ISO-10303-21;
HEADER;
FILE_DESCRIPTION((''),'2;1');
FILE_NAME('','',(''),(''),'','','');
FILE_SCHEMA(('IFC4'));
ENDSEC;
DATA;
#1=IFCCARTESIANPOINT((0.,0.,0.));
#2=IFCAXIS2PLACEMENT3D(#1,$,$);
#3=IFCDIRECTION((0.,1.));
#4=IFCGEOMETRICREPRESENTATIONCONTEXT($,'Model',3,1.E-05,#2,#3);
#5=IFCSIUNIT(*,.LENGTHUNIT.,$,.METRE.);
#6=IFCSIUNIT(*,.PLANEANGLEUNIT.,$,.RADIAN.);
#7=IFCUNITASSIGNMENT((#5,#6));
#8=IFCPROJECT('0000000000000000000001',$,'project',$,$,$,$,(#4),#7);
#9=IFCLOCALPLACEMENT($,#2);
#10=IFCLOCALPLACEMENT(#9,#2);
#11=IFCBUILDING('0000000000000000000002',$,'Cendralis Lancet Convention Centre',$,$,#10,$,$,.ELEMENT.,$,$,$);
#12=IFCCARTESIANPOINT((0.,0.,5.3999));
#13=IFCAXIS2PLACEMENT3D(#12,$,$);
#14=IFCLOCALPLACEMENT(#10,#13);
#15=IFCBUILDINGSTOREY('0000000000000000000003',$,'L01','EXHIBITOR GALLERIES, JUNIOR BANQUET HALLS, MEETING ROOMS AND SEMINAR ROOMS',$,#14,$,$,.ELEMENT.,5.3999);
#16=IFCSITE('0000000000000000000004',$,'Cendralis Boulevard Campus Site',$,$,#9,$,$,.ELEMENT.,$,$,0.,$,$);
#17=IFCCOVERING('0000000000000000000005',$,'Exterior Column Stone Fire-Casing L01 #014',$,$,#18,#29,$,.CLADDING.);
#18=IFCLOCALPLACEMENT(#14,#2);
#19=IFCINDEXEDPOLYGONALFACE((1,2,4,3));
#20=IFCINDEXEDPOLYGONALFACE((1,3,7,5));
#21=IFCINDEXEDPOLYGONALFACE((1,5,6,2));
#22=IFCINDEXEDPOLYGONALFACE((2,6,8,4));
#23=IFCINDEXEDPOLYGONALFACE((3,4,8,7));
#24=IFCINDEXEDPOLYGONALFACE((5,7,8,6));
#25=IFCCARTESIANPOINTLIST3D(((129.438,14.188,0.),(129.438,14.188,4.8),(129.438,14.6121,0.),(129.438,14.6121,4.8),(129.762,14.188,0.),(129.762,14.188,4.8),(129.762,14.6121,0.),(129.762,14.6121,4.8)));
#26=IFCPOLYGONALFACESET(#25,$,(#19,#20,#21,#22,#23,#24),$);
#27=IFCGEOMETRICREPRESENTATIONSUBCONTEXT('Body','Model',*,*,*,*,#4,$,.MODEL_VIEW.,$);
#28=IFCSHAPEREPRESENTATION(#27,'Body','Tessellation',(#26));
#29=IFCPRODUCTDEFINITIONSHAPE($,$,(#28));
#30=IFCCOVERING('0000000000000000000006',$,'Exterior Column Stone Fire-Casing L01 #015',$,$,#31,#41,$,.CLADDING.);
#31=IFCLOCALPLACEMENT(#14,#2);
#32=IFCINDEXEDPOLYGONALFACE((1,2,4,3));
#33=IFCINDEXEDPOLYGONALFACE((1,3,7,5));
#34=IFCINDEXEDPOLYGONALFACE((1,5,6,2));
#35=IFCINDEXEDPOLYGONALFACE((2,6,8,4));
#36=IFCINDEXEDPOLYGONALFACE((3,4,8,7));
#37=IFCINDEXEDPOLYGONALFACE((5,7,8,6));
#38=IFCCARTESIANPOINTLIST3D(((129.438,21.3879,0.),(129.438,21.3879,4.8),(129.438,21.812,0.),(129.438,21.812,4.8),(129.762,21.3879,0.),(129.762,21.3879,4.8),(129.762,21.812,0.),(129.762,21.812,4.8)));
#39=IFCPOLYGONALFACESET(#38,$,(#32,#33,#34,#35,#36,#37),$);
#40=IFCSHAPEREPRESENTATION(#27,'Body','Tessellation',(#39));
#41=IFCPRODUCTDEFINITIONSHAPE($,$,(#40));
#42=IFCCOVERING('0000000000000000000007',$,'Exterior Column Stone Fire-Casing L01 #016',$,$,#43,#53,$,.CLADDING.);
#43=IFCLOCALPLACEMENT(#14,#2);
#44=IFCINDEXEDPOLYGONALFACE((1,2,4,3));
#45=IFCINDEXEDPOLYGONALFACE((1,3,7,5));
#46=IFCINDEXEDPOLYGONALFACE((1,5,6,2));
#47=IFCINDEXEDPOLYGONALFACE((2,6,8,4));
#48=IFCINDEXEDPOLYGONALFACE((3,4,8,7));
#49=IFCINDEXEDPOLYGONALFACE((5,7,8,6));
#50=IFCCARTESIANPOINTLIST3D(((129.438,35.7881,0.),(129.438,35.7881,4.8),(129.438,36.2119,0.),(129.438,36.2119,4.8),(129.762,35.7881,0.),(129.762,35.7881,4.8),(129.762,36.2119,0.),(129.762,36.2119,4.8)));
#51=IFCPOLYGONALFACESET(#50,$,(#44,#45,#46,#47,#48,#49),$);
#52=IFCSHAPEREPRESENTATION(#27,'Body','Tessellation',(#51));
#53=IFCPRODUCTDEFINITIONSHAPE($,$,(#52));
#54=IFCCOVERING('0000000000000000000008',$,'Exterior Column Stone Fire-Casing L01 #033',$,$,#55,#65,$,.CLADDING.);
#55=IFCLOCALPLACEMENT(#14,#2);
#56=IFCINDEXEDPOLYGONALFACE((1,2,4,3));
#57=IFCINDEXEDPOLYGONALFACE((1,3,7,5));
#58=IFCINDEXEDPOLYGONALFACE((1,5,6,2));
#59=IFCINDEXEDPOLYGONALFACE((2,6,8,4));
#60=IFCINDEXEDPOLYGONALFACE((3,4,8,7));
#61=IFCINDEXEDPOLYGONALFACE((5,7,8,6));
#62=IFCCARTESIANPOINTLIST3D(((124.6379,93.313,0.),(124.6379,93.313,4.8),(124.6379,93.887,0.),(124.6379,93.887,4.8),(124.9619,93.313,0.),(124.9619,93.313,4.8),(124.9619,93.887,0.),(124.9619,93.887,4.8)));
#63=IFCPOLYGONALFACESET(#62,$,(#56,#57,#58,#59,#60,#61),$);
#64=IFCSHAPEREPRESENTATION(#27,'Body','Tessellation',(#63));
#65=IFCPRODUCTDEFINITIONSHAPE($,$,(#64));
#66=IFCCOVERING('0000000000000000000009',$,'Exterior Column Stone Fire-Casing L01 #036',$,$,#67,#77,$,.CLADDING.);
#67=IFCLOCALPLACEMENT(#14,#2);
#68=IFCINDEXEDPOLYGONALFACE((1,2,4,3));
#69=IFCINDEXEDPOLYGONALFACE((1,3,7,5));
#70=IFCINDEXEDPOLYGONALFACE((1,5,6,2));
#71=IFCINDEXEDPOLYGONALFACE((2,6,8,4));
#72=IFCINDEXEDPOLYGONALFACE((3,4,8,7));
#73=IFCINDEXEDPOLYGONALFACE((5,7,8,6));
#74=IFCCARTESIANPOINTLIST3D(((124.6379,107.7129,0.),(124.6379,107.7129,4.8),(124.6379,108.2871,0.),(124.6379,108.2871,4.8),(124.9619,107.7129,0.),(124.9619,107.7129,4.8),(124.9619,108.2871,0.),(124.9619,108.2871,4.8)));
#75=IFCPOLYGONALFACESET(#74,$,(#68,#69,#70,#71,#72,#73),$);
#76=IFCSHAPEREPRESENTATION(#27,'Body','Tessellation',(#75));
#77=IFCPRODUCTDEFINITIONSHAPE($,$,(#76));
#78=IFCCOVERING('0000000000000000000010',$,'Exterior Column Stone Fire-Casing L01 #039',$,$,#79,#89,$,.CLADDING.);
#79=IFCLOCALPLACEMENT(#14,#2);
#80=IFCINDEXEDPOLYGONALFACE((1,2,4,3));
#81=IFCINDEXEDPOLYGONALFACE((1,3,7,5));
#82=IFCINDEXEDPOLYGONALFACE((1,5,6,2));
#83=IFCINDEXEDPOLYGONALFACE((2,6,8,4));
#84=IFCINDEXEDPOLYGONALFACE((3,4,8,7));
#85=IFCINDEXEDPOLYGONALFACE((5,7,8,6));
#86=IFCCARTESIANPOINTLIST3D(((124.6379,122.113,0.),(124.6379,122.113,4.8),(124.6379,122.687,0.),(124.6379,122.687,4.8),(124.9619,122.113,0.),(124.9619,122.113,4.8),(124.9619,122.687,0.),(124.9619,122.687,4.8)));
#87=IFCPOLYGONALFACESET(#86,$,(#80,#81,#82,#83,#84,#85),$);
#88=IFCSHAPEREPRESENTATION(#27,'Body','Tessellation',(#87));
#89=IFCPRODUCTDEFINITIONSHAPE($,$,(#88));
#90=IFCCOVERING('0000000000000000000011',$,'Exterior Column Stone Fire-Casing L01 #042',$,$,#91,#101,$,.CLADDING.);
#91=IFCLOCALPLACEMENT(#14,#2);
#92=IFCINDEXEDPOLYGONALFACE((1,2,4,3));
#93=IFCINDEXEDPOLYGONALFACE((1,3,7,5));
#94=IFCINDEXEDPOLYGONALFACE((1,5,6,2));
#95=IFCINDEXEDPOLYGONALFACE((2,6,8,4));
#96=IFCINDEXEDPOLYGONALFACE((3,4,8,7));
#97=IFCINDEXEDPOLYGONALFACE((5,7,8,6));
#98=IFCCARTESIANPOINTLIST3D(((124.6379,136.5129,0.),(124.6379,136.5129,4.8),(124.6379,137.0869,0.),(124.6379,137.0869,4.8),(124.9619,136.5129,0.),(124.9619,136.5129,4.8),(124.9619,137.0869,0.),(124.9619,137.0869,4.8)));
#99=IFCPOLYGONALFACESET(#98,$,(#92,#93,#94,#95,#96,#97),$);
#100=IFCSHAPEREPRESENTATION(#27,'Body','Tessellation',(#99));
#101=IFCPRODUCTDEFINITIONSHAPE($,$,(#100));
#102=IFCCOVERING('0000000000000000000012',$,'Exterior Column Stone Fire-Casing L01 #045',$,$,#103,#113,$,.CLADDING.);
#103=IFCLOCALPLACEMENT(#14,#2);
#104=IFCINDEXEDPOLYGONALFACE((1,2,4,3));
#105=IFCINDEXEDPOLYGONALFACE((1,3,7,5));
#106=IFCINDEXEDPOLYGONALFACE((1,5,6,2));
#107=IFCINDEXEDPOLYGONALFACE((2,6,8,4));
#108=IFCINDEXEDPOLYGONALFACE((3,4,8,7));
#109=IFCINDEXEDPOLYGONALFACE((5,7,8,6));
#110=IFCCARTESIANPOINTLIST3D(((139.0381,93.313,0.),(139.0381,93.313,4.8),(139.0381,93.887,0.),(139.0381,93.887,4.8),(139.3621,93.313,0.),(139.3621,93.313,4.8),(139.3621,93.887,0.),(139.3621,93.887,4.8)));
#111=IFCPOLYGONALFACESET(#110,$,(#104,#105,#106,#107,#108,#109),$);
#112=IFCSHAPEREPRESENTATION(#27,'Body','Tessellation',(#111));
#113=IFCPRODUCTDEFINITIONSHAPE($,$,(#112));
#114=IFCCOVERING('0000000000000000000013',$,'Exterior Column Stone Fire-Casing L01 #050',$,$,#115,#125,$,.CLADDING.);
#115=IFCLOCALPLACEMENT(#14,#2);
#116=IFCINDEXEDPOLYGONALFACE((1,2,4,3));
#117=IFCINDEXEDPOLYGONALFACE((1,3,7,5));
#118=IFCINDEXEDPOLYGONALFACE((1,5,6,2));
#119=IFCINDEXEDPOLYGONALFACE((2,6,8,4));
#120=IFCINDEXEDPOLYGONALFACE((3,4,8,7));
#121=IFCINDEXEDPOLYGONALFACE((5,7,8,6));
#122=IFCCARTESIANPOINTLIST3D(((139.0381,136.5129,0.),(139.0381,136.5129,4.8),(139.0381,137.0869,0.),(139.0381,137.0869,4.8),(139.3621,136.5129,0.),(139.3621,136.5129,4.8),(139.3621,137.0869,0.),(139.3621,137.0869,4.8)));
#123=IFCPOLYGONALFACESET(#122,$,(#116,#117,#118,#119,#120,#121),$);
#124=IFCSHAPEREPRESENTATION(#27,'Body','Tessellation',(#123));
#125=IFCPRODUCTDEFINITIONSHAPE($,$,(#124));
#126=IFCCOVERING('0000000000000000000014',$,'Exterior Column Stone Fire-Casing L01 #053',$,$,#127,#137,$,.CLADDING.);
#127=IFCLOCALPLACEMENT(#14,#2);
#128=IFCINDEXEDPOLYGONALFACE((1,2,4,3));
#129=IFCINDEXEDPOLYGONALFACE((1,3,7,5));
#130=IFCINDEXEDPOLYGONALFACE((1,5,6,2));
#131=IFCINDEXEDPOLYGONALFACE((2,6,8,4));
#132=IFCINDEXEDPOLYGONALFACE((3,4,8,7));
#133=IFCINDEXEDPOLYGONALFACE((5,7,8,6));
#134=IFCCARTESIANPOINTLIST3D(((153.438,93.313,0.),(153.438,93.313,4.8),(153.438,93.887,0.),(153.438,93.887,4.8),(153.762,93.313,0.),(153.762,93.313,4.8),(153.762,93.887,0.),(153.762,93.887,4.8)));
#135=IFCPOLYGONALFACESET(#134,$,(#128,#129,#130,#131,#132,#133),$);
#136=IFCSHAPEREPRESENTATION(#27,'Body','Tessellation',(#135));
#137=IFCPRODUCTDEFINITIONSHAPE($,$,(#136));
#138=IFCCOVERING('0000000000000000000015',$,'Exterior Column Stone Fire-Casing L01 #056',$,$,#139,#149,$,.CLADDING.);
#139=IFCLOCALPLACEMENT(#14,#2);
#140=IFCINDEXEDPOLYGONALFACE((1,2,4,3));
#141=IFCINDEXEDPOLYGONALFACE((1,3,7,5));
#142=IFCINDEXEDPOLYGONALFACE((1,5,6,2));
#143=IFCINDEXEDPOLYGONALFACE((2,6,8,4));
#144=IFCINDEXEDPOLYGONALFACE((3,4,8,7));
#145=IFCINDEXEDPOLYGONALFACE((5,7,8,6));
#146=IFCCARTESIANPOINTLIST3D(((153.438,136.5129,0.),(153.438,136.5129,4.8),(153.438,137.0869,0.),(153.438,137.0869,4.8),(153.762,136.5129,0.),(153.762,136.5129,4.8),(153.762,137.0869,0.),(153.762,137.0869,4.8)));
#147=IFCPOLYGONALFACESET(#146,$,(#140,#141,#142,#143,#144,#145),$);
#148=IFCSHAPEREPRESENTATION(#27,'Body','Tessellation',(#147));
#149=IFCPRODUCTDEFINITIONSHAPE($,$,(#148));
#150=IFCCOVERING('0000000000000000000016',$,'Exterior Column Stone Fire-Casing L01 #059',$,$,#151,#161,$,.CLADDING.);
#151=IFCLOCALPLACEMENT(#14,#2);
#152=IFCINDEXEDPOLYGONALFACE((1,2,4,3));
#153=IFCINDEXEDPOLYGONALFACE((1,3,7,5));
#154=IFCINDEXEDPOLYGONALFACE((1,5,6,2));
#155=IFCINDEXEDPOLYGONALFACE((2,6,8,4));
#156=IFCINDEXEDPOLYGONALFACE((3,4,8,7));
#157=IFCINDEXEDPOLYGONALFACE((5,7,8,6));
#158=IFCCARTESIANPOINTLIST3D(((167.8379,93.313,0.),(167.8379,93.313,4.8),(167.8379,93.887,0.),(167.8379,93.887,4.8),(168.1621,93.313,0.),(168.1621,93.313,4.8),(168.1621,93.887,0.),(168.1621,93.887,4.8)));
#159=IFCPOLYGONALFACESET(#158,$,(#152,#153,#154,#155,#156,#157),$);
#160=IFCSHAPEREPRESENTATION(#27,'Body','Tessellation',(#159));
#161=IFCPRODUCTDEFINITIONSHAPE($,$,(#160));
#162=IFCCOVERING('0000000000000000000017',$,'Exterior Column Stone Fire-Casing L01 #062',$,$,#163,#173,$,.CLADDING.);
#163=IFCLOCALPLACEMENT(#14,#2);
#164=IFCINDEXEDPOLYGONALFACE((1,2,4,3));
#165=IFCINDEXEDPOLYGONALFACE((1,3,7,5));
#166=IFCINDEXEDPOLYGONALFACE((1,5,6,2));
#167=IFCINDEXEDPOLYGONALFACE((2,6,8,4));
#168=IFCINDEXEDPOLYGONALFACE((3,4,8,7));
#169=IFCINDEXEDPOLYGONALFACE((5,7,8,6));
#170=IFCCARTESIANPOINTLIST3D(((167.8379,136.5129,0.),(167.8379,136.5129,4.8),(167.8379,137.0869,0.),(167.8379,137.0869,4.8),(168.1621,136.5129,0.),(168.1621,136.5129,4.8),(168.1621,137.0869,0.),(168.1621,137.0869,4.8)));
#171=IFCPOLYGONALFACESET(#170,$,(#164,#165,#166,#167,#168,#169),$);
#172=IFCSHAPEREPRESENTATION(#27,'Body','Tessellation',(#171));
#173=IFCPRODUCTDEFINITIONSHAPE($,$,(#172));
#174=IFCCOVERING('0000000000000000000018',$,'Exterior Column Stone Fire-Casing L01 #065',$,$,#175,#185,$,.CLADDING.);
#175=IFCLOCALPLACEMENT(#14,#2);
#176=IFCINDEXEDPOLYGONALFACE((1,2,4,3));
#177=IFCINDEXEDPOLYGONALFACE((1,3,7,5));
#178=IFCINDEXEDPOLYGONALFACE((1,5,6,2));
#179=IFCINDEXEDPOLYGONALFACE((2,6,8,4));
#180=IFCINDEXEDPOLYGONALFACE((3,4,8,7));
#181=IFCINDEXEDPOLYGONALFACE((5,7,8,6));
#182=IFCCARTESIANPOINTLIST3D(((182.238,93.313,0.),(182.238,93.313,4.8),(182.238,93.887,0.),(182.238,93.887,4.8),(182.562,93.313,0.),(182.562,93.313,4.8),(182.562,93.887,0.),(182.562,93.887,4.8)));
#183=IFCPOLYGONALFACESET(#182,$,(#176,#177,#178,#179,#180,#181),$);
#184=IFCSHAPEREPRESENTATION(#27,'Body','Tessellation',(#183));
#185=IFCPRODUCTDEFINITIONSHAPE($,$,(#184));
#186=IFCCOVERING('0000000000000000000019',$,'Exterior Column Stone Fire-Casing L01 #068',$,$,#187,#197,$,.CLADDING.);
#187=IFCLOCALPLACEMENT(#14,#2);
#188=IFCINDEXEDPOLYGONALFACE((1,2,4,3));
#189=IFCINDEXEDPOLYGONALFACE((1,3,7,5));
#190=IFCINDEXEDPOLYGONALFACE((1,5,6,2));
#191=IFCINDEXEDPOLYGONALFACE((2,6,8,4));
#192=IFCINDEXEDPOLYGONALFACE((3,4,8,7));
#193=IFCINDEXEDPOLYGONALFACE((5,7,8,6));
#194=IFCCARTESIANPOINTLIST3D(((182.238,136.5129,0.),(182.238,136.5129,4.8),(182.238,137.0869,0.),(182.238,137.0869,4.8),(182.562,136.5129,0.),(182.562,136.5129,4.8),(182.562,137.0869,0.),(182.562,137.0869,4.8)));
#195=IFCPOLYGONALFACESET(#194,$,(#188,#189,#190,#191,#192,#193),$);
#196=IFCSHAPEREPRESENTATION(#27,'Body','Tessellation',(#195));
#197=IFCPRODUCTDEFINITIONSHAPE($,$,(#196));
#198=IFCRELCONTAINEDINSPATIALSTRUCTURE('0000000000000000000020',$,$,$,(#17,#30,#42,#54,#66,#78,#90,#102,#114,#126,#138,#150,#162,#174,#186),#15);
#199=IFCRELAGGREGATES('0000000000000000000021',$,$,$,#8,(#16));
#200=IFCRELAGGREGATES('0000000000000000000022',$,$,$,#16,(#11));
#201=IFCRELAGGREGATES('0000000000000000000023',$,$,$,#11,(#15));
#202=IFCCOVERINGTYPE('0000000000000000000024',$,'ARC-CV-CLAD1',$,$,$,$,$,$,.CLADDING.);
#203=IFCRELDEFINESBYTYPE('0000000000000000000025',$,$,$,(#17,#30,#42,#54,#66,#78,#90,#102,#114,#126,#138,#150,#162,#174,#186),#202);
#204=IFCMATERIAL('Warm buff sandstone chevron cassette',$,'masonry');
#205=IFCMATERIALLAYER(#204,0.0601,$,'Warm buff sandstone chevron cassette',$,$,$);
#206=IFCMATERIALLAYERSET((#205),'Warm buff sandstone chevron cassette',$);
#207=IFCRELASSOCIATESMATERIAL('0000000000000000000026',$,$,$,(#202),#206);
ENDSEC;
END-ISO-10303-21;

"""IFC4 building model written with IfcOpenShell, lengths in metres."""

from ifc_helpers import new_model, si_unit, direction, frame, origin, place, context, subcontext, project, spatial, polyline, outline, extrude, material, layer, layer_set, type_object, element, save


model = new_model("IFC4")

# Units and contexts
model_context = context("Model", 3, precision=1e-05, world=origin(), true_north=direction((0.0, 1.0)))
body_context = subcontext(model_context, "Body", "Model", "MODEL_VIEW")
ifc_project = project(units=[si_unit("LENGTHUNIT", "METRE"), si_unit("PLANEANGLEUNIT", "RADIAN")], contexts=[model_context])

# Site, building, storey
site_placement = place(None, origin())
site = spatial("IfcSite", under=ifc_project, at=site_placement, Name="Cendralis Boulevard Campus Site", CompositionType="ELEMENT", RefElevation=0.0)
building_placement = place(site_placement, origin())
building = spatial("IfcBuilding", under=site, at=building_placement, Name="Cendralis Lancet Convention Centre", CompositionType="ELEMENT")
storey_placement = place(building_placement, frame((0.0, 0.0, 5.3999)))
storey = spatial("IfcBuildingStorey", under=building, at=storey_placement, Name="L01", Description="EXHIBITOR GALLERIES, JUNIOR BANQUET HALLS, MEETING ROOMS AND SEMINAR ROOMS", CompositionType="ELEMENT", Elevation=5.3999)

# Coverings
ifc_material = material(Name="Warm buff sandstone chevron cassette", Category="masonry")
ifc_layer = layer(ifc_material, 0.0601, Name="Warm buff sandstone chevron cassette")
ifc_layer_set = layer_set([ifc_layer], Name="Warm buff sandstone chevron cassette")
covering_type = type_object("IfcCoveringType", Name="ARC-CV-CLAD1", PredefinedType="CLADDING", material=ifc_layer_set)
covering_1_placement = place(storey_placement, origin())
element("IfcCovering", 1, at=covering_1_placement, inside=storey, type_object=covering_type, Name="Exterior Column Stone Fire-Casing L01 #014", PredefinedType="CLADDING", context=body_context, shape_type="SweptSolid", body=[
    extrude(outline(polyline([(129.438, 14.188), (129.762, 14.188), (129.762, 14.6121), (129.438, 14.6121), (129.438, 14.188)])), origin(), (0.0, 0.0, 1.0), 4.8),
])
covering_2_placement = place(storey_placement, origin())
element("IfcCovering", 2, at=covering_2_placement, inside=storey, type_object=covering_type, Name="Exterior Column Stone Fire-Casing L01 #015", PredefinedType="CLADDING", context=body_context, shape_type="SweptSolid", body=[
    extrude(outline(polyline([(129.438, 21.3879), (129.762, 21.3879), (129.762, 21.812), (129.438, 21.812), (129.438, 21.3879)])), origin(), (0.0, 0.0, 1.0), 4.8),
])
covering_3_placement = place(storey_placement, origin())
element("IfcCovering", 3, at=covering_3_placement, inside=storey, type_object=covering_type, Name="Exterior Column Stone Fire-Casing L01 #016", PredefinedType="CLADDING", context=body_context, shape_type="SweptSolid", body=[
    extrude(outline(polyline([(129.438, 35.7881), (129.762, 35.7881), (129.762, 36.2119), (129.438, 36.2119), (129.438, 35.7881)])), origin(), (0.0, 0.0, 1.0), 4.8),
])
covering_4_placement = place(storey_placement, origin())
element("IfcCovering", 4, at=covering_4_placement, inside=storey, type_object=covering_type, Name="Exterior Column Stone Fire-Casing L01 #033", PredefinedType="CLADDING", context=body_context, shape_type="SweptSolid", body=[
    extrude(outline(polyline([(124.6379, 93.313), (124.9619, 93.313), (124.9619, 93.887), (124.6379, 93.887), (124.6379, 93.313)])), origin(), (0.0, 0.0, 1.0), 4.8),
])
covering_5_placement = place(storey_placement, origin())
element("IfcCovering", 5, at=covering_5_placement, inside=storey, type_object=covering_type, Name="Exterior Column Stone Fire-Casing L01 #036", PredefinedType="CLADDING", context=body_context, shape_type="SweptSolid", body=[
    extrude(outline(polyline([(124.6379, 107.7129), (124.9619, 107.7129), (124.9619, 108.2871), (124.6379, 108.2871), (124.6379, 107.7129)])), origin(), (0.0, 0.0, 1.0), 4.8),
])
covering_6_placement = place(storey_placement, origin())
element("IfcCovering", 6, at=covering_6_placement, inside=storey, type_object=covering_type, Name="Exterior Column Stone Fire-Casing L01 #039", PredefinedType="CLADDING", context=body_context, shape_type="SweptSolid", body=[
    extrude(outline(polyline([(124.6379, 122.113), (124.9619, 122.113), (124.9619, 122.687), (124.6379, 122.687), (124.6379, 122.113)])), origin(), (0.0, 0.0, 1.0), 4.8),
])
covering_7_placement = place(storey_placement, origin())
element("IfcCovering", 7, at=covering_7_placement, inside=storey, type_object=covering_type, Name="Exterior Column Stone Fire-Casing L01 #042", PredefinedType="CLADDING", context=body_context, shape_type="SweptSolid", body=[
    extrude(outline(polyline([(124.6379, 136.5129), (124.9619, 136.5129), (124.9619, 137.0869), (124.6379, 137.0869), (124.6379, 136.5129)])), origin(), (0.0, 0.0, 1.0), 4.8),
])
covering_8_placement = place(storey_placement, origin())
element("IfcCovering", 8, at=covering_8_placement, inside=storey, type_object=covering_type, Name="Exterior Column Stone Fire-Casing L01 #045", PredefinedType="CLADDING", context=body_context, shape_type="SweptSolid", body=[
    extrude(outline(polyline([(139.0381, 93.313), (139.3621, 93.313), (139.3621, 93.887), (139.0381, 93.887), (139.0381, 93.313)])), origin(), (0.0, 0.0, 1.0), 4.8),
])
covering_9_placement = place(storey_placement, origin())
element("IfcCovering", 9, at=covering_9_placement, inside=storey, type_object=covering_type, Name="Exterior Column Stone Fire-Casing L01 #050", PredefinedType="CLADDING", context=body_context, shape_type="SweptSolid", body=[
    extrude(outline(polyline([(139.0381, 136.5129), (139.3621, 136.5129), (139.3621, 137.0869), (139.0381, 137.0869), (139.0381, 136.5129)])), origin(), (0.0, 0.0, 1.0), 4.8),
])
covering_10_placement = place(storey_placement, origin())
element("IfcCovering", 10, at=covering_10_placement, inside=storey, type_object=covering_type, Name="Exterior Column Stone Fire-Casing L01 #053", PredefinedType="CLADDING", context=body_context, shape_type="SweptSolid", body=[
    extrude(outline(polyline([(153.438, 93.313), (153.762, 93.313), (153.762, 93.887), (153.438, 93.887), (153.438, 93.313)])), origin(), (0.0, 0.0, 1.0), 4.8),
])
covering_11_placement = place(storey_placement, origin())
element("IfcCovering", 11, at=covering_11_placement, inside=storey, type_object=covering_type, Name="Exterior Column Stone Fire-Casing L01 #056", PredefinedType="CLADDING", context=body_context, shape_type="SweptSolid", body=[
    extrude(outline(polyline([(153.438, 136.5129), (153.762, 136.5129), (153.762, 137.0869), (153.438, 137.0869), (153.438, 136.5129)])), origin(), (0.0, 0.0, 1.0), 4.8),
])
covering_12_placement = place(storey_placement, origin())
element("IfcCovering", 12, at=covering_12_placement, inside=storey, type_object=covering_type, Name="Exterior Column Stone Fire-Casing L01 #059", PredefinedType="CLADDING", context=body_context, shape_type="SweptSolid", body=[
    extrude(outline(polyline([(167.8379, 93.313), (168.1621, 93.313), (168.1621, 93.887), (167.8379, 93.887), (167.8379, 93.313)])), origin(), (0.0, 0.0, 1.0), 4.8),
])
covering_13_placement = place(storey_placement, origin())
element("IfcCovering", 13, at=covering_13_placement, inside=storey, type_object=covering_type, Name="Exterior Column Stone Fire-Casing L01 #062", PredefinedType="CLADDING", context=body_context, shape_type="SweptSolid", body=[
    extrude(outline(polyline([(167.8379, 136.5129), (168.1621, 136.5129), (168.1621, 137.0869), (167.8379, 137.0869), (167.8379, 136.5129)])), origin(), (0.0, 0.0, 1.0), 4.8),
])
covering_14_placement = place(storey_placement, origin())
element("IfcCovering", 14, at=covering_14_placement, inside=storey, type_object=covering_type, Name="Exterior Column Stone Fire-Casing L01 #065", PredefinedType="CLADDING", context=body_context, shape_type="SweptSolid", body=[
    extrude(outline(polyline([(182.238, 93.313), (182.562, 93.313), (182.562, 93.887), (182.238, 93.887), (182.238, 93.313)])), origin(), (0.0, 0.0, 1.0), 4.8),
])
covering_15_placement = place(storey_placement, origin())
element("IfcCovering", 15, at=covering_15_placement, inside=storey, type_object=covering_type, Name="Exterior Column Stone Fire-Casing L01 #068", PredefinedType="CLADDING", context=body_context, shape_type="SweptSolid", body=[
    extrude(outline(polyline([(182.238, 136.5129), (182.562, 136.5129), (182.562, 137.0869), (182.238, 137.0869), (182.238, 136.5129)])), origin(), (0.0, 0.0, 1.0), 4.8),
])

save(model, "model.ifc")
